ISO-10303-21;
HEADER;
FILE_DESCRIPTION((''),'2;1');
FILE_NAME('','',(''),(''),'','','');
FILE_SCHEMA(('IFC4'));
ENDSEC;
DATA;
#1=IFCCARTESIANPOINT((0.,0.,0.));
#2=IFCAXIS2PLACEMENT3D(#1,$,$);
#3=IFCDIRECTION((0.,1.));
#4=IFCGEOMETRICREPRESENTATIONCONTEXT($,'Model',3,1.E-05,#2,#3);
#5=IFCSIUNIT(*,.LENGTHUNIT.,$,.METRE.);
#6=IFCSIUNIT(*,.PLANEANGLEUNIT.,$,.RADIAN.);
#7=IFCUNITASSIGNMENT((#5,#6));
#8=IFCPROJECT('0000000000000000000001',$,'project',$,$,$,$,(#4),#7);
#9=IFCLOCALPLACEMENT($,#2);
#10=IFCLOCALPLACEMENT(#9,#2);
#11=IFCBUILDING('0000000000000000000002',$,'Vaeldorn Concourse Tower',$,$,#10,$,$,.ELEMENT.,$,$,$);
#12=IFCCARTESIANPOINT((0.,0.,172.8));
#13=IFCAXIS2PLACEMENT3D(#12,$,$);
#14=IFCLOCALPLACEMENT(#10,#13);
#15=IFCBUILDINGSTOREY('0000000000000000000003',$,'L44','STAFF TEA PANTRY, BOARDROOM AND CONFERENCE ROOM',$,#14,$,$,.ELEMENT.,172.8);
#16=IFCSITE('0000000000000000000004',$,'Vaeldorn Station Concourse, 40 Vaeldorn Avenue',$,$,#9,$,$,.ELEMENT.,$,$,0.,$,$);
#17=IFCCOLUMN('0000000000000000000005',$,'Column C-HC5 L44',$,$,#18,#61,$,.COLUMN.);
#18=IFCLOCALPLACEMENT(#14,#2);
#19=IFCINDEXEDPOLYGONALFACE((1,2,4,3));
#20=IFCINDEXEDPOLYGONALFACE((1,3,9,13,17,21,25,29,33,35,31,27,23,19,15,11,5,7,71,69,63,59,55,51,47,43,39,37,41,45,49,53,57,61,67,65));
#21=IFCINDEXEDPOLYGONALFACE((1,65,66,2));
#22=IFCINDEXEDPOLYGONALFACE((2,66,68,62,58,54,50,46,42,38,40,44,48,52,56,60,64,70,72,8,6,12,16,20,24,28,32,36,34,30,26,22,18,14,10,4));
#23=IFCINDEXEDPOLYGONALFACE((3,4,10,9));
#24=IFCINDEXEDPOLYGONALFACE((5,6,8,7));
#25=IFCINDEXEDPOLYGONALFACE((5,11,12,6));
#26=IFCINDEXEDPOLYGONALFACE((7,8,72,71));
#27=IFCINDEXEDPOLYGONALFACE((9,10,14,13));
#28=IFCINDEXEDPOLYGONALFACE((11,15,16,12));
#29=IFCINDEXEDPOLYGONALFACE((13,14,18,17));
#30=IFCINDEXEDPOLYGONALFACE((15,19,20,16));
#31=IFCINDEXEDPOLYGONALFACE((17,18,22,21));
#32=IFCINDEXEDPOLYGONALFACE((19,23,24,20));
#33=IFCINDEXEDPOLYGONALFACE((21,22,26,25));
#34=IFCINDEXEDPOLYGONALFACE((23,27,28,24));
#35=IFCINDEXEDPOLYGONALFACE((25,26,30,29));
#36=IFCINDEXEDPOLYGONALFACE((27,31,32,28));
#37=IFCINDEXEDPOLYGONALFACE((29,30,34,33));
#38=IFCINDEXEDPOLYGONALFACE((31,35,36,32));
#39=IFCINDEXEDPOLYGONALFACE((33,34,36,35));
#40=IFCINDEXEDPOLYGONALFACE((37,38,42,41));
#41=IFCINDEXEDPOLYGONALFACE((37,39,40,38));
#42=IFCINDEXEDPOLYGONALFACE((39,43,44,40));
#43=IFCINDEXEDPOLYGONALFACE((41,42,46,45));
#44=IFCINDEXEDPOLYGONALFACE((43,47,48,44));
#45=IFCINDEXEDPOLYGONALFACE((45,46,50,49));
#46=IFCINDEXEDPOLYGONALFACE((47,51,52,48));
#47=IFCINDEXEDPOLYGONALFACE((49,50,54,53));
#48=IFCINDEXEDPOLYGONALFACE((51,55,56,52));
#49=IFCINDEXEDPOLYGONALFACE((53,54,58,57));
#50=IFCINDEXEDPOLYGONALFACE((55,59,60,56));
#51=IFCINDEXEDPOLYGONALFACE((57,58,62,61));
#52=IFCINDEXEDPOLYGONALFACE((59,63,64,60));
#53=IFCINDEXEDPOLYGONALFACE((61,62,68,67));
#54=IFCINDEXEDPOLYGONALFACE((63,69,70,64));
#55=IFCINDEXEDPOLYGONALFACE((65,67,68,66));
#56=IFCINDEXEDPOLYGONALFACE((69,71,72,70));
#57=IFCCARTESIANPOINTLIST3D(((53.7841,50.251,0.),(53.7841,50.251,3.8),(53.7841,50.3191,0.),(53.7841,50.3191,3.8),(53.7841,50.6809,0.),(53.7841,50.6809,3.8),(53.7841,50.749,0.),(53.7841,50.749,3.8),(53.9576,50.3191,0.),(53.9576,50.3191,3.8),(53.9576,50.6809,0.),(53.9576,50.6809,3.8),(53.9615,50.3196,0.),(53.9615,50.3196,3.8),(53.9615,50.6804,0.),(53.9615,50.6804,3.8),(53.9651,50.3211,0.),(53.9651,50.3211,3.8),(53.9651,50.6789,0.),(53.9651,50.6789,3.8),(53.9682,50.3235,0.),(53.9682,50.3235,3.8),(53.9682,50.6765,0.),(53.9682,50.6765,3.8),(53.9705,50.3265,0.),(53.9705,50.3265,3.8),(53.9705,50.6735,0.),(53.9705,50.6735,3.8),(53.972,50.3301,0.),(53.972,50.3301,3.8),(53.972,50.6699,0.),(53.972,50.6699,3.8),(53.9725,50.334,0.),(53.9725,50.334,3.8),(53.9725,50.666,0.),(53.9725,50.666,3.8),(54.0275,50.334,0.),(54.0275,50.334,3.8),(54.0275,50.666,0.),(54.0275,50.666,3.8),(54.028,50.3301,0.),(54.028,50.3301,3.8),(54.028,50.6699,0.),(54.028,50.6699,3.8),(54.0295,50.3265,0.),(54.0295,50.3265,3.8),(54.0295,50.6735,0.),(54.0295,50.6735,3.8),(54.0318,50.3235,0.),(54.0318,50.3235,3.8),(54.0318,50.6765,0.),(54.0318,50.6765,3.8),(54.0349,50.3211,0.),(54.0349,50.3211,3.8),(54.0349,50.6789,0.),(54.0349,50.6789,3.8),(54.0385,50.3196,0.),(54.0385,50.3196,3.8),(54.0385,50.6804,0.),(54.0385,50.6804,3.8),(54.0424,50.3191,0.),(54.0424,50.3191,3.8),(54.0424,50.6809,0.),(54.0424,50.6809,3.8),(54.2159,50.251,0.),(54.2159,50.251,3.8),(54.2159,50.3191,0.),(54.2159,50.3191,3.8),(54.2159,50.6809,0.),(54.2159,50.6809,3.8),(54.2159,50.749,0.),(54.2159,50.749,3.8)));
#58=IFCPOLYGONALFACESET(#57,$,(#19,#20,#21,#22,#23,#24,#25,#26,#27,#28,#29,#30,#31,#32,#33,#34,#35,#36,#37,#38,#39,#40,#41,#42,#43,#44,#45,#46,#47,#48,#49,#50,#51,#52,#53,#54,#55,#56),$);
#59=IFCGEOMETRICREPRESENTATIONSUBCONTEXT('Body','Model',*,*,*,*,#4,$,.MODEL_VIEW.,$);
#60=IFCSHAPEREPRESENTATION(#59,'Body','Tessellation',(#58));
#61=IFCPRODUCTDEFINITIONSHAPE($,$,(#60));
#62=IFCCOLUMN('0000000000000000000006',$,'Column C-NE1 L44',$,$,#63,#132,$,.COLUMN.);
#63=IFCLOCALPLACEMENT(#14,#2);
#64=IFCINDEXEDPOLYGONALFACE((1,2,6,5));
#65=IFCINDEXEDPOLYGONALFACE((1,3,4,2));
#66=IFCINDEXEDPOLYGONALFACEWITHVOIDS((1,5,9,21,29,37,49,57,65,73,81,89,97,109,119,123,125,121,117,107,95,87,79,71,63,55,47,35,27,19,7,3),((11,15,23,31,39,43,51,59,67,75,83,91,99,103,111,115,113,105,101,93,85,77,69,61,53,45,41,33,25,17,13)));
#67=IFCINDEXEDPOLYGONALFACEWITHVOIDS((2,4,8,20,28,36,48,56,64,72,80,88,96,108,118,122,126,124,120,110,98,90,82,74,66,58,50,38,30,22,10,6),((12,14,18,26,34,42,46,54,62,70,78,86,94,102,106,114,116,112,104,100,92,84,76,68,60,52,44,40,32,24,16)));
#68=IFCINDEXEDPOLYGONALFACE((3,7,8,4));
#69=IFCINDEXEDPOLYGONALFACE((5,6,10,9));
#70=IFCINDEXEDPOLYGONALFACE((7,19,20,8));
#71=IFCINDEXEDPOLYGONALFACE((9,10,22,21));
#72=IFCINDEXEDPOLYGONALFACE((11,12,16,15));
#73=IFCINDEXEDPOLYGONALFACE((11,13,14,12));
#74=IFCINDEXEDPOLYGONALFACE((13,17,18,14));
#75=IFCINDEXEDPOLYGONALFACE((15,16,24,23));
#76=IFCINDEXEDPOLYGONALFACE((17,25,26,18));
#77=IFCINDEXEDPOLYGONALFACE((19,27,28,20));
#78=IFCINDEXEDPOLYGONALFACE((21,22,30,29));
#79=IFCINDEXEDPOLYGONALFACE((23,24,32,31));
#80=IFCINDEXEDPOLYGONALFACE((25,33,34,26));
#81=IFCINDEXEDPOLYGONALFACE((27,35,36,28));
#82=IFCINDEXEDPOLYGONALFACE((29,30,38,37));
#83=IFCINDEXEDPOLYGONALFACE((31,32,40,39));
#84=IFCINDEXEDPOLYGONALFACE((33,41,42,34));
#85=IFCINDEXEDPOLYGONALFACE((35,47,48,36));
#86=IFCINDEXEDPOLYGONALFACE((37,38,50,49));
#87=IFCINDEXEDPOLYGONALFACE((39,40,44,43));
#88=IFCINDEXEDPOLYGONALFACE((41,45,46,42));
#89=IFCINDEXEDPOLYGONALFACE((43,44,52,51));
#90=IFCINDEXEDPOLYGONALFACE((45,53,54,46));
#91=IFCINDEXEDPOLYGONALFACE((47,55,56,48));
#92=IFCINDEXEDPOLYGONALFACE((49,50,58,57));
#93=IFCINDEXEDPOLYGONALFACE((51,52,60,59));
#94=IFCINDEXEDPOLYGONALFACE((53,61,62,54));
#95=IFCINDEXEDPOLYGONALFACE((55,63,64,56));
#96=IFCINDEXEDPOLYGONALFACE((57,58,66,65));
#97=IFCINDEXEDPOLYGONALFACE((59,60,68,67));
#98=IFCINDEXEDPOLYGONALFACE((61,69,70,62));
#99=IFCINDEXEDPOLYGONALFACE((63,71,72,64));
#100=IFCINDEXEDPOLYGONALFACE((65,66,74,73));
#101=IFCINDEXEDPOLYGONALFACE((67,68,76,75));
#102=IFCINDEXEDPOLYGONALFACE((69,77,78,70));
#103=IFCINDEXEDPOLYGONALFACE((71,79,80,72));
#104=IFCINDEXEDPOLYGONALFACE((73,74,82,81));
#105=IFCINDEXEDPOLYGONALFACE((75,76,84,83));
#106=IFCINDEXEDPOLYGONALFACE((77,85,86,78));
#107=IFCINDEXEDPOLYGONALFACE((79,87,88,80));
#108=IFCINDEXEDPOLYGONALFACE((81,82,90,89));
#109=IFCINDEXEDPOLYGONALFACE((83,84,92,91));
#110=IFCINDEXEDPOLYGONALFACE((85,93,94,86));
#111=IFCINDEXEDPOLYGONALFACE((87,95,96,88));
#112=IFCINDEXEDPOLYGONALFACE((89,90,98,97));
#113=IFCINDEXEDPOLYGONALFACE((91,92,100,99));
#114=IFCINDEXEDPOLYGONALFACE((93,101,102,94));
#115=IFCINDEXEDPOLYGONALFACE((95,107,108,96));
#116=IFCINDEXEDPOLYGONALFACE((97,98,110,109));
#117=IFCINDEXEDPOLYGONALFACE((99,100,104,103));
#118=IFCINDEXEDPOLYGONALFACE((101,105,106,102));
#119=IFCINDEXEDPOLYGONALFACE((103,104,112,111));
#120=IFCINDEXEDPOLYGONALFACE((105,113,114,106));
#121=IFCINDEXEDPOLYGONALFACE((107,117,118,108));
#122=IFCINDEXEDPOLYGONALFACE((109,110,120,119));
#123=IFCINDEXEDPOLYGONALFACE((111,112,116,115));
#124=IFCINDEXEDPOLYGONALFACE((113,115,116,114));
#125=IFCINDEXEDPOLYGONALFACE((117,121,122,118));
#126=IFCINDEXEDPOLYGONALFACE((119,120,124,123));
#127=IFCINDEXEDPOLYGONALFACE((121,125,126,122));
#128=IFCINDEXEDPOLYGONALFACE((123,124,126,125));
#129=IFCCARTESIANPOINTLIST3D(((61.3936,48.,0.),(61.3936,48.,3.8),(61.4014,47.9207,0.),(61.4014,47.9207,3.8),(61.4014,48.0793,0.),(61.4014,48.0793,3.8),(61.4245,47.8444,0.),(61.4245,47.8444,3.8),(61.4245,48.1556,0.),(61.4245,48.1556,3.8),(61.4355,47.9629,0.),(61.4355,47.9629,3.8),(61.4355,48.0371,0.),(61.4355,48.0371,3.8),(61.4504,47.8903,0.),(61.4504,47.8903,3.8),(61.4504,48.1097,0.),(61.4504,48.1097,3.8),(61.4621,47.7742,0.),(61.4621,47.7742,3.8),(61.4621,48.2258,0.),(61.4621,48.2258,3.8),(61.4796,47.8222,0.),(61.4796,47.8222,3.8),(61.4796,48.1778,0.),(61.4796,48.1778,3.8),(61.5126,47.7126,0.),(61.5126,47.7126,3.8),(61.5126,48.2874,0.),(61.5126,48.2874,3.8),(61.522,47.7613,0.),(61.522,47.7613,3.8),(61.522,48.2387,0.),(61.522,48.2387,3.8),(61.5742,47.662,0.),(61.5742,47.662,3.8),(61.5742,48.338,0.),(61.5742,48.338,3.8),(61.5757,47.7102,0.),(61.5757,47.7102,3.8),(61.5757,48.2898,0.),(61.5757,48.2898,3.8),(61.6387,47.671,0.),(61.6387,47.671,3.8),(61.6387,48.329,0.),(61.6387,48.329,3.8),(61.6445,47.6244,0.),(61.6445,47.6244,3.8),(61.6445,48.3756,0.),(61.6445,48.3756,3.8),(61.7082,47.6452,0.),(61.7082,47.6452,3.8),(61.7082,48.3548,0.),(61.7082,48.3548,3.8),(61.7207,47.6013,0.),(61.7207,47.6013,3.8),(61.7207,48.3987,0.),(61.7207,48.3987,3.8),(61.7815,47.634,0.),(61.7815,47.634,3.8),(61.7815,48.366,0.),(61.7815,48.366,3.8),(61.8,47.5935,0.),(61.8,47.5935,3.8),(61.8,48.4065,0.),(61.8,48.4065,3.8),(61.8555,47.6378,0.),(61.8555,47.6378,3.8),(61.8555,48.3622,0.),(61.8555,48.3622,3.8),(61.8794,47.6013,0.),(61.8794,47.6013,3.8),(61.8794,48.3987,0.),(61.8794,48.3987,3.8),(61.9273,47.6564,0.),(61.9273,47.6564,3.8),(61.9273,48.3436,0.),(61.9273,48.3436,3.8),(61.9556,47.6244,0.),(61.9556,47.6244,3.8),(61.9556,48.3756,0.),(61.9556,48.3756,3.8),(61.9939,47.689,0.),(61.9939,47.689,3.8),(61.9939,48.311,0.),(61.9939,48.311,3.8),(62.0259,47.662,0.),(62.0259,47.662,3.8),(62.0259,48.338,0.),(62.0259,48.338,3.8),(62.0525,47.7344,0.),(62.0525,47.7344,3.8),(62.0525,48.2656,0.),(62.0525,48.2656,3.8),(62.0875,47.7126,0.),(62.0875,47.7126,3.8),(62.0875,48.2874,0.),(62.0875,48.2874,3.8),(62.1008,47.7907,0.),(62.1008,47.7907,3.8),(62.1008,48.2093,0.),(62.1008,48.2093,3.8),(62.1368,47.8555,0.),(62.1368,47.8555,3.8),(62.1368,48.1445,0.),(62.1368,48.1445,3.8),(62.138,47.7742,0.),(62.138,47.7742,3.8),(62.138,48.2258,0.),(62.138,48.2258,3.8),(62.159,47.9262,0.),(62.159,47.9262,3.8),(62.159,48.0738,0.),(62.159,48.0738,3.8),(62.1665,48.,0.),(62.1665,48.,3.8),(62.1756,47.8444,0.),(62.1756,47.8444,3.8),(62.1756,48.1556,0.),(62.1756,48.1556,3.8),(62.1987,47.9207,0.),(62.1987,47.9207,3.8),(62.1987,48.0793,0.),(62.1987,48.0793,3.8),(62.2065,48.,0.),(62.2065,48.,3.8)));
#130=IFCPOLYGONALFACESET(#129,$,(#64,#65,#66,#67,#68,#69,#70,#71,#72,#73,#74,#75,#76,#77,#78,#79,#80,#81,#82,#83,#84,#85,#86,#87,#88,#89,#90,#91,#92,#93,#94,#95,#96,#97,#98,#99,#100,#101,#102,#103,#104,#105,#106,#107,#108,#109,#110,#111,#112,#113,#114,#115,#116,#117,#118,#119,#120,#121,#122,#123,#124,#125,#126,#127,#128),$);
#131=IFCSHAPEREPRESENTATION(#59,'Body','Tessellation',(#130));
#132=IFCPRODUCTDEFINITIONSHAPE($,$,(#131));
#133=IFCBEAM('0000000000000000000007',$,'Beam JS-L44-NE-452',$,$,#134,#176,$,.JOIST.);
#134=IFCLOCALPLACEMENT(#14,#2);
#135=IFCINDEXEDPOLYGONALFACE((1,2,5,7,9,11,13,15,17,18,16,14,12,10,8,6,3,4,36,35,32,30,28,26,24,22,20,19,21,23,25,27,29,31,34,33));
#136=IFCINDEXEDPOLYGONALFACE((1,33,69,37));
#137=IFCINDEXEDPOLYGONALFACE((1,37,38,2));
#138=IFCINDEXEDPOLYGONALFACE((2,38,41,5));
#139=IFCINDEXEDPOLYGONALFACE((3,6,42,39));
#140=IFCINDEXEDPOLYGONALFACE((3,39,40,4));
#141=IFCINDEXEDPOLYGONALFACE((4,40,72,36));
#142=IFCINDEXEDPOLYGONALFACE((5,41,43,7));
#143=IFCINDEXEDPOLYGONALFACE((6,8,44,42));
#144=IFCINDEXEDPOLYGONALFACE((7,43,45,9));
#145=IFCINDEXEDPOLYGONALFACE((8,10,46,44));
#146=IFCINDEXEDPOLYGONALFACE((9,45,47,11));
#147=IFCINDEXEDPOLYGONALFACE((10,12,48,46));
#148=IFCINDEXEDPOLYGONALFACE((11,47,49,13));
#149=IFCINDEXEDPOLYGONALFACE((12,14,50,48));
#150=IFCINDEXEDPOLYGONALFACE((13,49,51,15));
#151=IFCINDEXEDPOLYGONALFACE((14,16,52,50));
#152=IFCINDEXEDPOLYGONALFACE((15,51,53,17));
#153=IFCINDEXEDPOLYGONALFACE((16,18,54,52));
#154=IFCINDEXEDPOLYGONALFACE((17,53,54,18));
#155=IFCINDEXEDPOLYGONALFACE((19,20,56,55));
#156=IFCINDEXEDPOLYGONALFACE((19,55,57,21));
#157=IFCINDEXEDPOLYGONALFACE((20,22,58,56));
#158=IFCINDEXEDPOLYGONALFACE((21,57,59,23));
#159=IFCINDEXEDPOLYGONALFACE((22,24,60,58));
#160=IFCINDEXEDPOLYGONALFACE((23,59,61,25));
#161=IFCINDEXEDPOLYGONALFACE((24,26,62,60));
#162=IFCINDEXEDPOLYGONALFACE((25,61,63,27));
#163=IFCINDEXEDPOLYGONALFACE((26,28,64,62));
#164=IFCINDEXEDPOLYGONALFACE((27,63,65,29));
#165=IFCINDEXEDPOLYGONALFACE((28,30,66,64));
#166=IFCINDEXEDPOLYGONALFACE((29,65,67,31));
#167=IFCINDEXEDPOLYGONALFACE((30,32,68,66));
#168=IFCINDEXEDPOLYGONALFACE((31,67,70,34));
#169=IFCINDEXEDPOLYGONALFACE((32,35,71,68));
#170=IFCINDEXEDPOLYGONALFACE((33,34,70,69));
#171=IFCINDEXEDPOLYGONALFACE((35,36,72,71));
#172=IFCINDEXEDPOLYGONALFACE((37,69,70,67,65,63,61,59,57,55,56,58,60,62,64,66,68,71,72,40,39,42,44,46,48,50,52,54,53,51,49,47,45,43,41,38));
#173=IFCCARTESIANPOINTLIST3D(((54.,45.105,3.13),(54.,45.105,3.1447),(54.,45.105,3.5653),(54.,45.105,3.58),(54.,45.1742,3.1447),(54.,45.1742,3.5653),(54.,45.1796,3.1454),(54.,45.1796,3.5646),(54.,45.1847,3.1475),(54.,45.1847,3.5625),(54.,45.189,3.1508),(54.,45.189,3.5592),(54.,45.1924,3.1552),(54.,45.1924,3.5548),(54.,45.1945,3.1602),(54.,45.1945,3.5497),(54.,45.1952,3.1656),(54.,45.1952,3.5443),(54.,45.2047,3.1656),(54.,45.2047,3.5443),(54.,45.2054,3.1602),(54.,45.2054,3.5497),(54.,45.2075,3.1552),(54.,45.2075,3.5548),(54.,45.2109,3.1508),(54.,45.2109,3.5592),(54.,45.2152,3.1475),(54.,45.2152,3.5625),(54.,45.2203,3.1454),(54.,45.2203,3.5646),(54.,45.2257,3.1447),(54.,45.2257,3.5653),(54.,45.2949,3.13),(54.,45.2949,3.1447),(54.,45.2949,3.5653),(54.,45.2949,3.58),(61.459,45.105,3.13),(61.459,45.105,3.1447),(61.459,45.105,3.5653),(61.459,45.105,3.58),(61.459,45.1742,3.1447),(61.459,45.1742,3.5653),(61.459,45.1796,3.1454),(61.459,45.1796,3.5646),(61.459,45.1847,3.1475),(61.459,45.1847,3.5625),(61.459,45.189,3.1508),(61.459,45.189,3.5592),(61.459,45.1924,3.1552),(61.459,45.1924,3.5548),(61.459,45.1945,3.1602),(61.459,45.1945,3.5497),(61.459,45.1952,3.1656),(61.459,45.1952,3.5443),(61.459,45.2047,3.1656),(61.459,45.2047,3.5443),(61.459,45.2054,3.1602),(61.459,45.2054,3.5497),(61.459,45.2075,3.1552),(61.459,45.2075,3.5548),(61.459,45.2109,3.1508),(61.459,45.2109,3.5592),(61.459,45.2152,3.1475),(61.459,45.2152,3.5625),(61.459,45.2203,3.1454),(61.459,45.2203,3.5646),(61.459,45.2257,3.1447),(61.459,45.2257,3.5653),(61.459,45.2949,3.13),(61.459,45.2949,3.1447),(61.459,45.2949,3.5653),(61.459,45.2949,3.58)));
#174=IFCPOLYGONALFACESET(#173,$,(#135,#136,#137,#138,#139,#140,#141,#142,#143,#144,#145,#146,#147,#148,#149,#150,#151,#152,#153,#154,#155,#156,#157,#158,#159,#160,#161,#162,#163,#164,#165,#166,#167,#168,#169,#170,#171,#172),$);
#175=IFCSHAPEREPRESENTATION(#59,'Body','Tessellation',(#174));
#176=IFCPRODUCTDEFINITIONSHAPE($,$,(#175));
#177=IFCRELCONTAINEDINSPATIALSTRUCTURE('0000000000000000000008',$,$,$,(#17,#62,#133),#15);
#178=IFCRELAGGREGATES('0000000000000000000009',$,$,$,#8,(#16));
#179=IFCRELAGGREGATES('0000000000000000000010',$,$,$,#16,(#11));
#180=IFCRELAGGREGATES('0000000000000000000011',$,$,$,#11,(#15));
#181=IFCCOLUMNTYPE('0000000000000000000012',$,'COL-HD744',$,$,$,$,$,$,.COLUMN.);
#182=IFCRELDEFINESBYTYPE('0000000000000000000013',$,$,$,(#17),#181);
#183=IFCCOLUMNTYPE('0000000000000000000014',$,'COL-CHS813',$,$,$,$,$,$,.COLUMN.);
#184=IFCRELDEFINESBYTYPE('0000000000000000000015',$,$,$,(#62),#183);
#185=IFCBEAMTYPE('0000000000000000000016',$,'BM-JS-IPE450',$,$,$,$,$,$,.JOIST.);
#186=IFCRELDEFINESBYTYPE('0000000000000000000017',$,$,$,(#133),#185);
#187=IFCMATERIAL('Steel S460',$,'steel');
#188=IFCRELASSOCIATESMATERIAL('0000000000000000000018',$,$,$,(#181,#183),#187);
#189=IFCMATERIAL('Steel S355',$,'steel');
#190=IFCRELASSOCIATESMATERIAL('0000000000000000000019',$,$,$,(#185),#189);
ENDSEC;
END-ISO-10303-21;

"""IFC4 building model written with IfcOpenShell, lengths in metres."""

from ifc_helpers import new_model, si_unit, direction, frame, origin, origin_2d, place, context, subcontext, project, spatial, hollow_circle, i_section, extrude, source, transform, mapped, material, material_profile, profile_set, type_object, element, save


model = new_model("IFC4")

# Units and contexts
model_context = context("Model", 3, precision=1e-05, world=origin(), true_north=direction((0.0, 1.0)))
body_context = subcontext(model_context, "Body", "Model", "MODEL_VIEW")
ifc_project = project(units=[si_unit("LENGTHUNIT", "METRE"), si_unit("PLANEANGLEUNIT", "RADIAN")], contexts=[model_context])

# Site, building, storey
site_placement = place(None, origin())
site = spatial("IfcSite", under=ifc_project, at=site_placement, Name="Vaeldorn Station Concourse, 40 Vaeldorn Avenue", CompositionType="ELEMENT", RefElevation=0.0)
building_placement = place(site_placement, origin())
building = spatial("IfcBuilding", under=site, at=building_placement, Name="Vaeldorn Concourse Tower", CompositionType="ELEMENT")
storey_placement = place(building_placement, frame((0.0, 0.0, 172.8)))
storey = spatial("IfcBuildingStorey", under=building, at=storey_placement, Name="L44", Description="STAFF TEA PANTRY, BOARDROOM AND CONFERENCE ROOM", CompositionType="ELEMENT", Elevation=172.8)

# Columns
ifc_material_1 = material(Name="Steel S460", Category="steel")
ifc_material_profile_1 = material_profile(ifc_material_1, i_section(OverallWidth=0.4319, OverallDepth=0.498, WebThickness=0.0549, FlangeThickness=0.0681, FilletRadius=0.0149, at=origin_2d()), Name="HD 400x744")
ifc_profile_set_1 = profile_set([ifc_material_profile_1], Name="Steel S460")
column_type_1 = type_object("IfcColumnType", Name="COL-HD744", PredefinedType="COLUMN", material=ifc_profile_set_1)
shared_shape_1 = source(origin(), body_context, "Body", "SweptSolid", [
    extrude(i_section(OverallWidth=0.4319, OverallDepth=0.498, WebThickness=0.0549, FlangeThickness=0.0681, FilletRadius=0.0149, at=origin_2d()), origin(), (0.0, 0.0, 1.0), 3.8),
])
column_1_placement = place(storey_placement, frame((54.0, 50.5, 0.0), z_axis=(0.0, 0.0, 1.0), x_axis=(1.0, 0.0, 0.0)))
element("IfcColumn", 1, at=column_1_placement, inside=storey, type_object=column_type_1, Name="Column C-HC5 L44", PredefinedType="COLUMN", context=body_context, shape_type="MappedRepresentation", body=[
    mapped(shared_shape_1, transform((0.0, 0.0, 0.0), scale=1.0)),
])
ifc_material_profile_2 = material_profile(ifc_material_1, hollow_circle(Radius=0.4065, WallThickness=0.04, at=origin_2d()), Name="CHS 813x40")
ifc_profile_set_2 = profile_set([ifc_material_profile_2], Name="Steel S460")
column_type_2 = type_object("IfcColumnType", Name="COL-CHS813", PredefinedType="COLUMN", material=ifc_profile_set_2)
shared_shape_2 = source(origin(), body_context, "Body", "SweptSolid", [
    extrude(hollow_circle(Radius=0.4065, WallThickness=0.04, at=origin_2d()), origin(), (0.0, 0.0, 1.0), 3.8),
])
column_2_placement = place(storey_placement, frame((61.8, 48.0, 0.0), z_axis=(0.0, 0.0, 1.0), x_axis=(1.0, 0.0, 0.0)))
element("IfcColumn", 2, at=column_2_placement, inside=storey, type_object=column_type_2, Name="Column C-NE1 L44", PredefinedType="COLUMN", context=body_context, shape_type="MappedRepresentation", body=[
    mapped(shared_shape_2, transform((0.0, 0.0, 0.0), scale=1.0)),
])

# Beam
ifc_material_2 = material(Name="Steel S355", Category="steel")
ifc_material_profile_3 = material_profile(ifc_material_2, i_section(OverallWidth=0.1899, OverallDepth=0.45, WebThickness=0.0095, FlangeThickness=0.0146, FilletRadius=0.021, at=origin_2d()), Name="IPE 450")
ifc_profile_set_3 = profile_set([ifc_material_profile_3], Name="Steel S355")
beam_type_1 = type_object("IfcBeamType", Name="BM-JS-IPE450", PredefinedType="JOIST", material=ifc_profile_set_3)
shared_shape_3 = source(origin(), body_context, "Body", "SweptSolid", [
    extrude(i_section(OverallWidth=0.1899, OverallDepth=0.45, WebThickness=0.0095, FlangeThickness=0.0146, FilletRadius=0.021, at=origin_2d()), origin(), (0.0, 0.0, 1.0), 7.459),
])
beam_1_placement = place(storey_placement, frame((54.0, 45.2, 3.355), z_axis=(1.0, 0.0, 0.0), x_axis=(0.0, 1.0, 0.0)))
element("IfcBeam", 3, at=beam_1_placement, inside=storey, type_object=beam_type_1, Name="Beam JS-L44-NE-452", PredefinedType="JOIST", context=body_context, shape_type="MappedRepresentation", body=[
    mapped(shared_shape_3, transform((0.0, 0.0, 0.0), scale=1.0)),
])

save(model, "model.ifc")
